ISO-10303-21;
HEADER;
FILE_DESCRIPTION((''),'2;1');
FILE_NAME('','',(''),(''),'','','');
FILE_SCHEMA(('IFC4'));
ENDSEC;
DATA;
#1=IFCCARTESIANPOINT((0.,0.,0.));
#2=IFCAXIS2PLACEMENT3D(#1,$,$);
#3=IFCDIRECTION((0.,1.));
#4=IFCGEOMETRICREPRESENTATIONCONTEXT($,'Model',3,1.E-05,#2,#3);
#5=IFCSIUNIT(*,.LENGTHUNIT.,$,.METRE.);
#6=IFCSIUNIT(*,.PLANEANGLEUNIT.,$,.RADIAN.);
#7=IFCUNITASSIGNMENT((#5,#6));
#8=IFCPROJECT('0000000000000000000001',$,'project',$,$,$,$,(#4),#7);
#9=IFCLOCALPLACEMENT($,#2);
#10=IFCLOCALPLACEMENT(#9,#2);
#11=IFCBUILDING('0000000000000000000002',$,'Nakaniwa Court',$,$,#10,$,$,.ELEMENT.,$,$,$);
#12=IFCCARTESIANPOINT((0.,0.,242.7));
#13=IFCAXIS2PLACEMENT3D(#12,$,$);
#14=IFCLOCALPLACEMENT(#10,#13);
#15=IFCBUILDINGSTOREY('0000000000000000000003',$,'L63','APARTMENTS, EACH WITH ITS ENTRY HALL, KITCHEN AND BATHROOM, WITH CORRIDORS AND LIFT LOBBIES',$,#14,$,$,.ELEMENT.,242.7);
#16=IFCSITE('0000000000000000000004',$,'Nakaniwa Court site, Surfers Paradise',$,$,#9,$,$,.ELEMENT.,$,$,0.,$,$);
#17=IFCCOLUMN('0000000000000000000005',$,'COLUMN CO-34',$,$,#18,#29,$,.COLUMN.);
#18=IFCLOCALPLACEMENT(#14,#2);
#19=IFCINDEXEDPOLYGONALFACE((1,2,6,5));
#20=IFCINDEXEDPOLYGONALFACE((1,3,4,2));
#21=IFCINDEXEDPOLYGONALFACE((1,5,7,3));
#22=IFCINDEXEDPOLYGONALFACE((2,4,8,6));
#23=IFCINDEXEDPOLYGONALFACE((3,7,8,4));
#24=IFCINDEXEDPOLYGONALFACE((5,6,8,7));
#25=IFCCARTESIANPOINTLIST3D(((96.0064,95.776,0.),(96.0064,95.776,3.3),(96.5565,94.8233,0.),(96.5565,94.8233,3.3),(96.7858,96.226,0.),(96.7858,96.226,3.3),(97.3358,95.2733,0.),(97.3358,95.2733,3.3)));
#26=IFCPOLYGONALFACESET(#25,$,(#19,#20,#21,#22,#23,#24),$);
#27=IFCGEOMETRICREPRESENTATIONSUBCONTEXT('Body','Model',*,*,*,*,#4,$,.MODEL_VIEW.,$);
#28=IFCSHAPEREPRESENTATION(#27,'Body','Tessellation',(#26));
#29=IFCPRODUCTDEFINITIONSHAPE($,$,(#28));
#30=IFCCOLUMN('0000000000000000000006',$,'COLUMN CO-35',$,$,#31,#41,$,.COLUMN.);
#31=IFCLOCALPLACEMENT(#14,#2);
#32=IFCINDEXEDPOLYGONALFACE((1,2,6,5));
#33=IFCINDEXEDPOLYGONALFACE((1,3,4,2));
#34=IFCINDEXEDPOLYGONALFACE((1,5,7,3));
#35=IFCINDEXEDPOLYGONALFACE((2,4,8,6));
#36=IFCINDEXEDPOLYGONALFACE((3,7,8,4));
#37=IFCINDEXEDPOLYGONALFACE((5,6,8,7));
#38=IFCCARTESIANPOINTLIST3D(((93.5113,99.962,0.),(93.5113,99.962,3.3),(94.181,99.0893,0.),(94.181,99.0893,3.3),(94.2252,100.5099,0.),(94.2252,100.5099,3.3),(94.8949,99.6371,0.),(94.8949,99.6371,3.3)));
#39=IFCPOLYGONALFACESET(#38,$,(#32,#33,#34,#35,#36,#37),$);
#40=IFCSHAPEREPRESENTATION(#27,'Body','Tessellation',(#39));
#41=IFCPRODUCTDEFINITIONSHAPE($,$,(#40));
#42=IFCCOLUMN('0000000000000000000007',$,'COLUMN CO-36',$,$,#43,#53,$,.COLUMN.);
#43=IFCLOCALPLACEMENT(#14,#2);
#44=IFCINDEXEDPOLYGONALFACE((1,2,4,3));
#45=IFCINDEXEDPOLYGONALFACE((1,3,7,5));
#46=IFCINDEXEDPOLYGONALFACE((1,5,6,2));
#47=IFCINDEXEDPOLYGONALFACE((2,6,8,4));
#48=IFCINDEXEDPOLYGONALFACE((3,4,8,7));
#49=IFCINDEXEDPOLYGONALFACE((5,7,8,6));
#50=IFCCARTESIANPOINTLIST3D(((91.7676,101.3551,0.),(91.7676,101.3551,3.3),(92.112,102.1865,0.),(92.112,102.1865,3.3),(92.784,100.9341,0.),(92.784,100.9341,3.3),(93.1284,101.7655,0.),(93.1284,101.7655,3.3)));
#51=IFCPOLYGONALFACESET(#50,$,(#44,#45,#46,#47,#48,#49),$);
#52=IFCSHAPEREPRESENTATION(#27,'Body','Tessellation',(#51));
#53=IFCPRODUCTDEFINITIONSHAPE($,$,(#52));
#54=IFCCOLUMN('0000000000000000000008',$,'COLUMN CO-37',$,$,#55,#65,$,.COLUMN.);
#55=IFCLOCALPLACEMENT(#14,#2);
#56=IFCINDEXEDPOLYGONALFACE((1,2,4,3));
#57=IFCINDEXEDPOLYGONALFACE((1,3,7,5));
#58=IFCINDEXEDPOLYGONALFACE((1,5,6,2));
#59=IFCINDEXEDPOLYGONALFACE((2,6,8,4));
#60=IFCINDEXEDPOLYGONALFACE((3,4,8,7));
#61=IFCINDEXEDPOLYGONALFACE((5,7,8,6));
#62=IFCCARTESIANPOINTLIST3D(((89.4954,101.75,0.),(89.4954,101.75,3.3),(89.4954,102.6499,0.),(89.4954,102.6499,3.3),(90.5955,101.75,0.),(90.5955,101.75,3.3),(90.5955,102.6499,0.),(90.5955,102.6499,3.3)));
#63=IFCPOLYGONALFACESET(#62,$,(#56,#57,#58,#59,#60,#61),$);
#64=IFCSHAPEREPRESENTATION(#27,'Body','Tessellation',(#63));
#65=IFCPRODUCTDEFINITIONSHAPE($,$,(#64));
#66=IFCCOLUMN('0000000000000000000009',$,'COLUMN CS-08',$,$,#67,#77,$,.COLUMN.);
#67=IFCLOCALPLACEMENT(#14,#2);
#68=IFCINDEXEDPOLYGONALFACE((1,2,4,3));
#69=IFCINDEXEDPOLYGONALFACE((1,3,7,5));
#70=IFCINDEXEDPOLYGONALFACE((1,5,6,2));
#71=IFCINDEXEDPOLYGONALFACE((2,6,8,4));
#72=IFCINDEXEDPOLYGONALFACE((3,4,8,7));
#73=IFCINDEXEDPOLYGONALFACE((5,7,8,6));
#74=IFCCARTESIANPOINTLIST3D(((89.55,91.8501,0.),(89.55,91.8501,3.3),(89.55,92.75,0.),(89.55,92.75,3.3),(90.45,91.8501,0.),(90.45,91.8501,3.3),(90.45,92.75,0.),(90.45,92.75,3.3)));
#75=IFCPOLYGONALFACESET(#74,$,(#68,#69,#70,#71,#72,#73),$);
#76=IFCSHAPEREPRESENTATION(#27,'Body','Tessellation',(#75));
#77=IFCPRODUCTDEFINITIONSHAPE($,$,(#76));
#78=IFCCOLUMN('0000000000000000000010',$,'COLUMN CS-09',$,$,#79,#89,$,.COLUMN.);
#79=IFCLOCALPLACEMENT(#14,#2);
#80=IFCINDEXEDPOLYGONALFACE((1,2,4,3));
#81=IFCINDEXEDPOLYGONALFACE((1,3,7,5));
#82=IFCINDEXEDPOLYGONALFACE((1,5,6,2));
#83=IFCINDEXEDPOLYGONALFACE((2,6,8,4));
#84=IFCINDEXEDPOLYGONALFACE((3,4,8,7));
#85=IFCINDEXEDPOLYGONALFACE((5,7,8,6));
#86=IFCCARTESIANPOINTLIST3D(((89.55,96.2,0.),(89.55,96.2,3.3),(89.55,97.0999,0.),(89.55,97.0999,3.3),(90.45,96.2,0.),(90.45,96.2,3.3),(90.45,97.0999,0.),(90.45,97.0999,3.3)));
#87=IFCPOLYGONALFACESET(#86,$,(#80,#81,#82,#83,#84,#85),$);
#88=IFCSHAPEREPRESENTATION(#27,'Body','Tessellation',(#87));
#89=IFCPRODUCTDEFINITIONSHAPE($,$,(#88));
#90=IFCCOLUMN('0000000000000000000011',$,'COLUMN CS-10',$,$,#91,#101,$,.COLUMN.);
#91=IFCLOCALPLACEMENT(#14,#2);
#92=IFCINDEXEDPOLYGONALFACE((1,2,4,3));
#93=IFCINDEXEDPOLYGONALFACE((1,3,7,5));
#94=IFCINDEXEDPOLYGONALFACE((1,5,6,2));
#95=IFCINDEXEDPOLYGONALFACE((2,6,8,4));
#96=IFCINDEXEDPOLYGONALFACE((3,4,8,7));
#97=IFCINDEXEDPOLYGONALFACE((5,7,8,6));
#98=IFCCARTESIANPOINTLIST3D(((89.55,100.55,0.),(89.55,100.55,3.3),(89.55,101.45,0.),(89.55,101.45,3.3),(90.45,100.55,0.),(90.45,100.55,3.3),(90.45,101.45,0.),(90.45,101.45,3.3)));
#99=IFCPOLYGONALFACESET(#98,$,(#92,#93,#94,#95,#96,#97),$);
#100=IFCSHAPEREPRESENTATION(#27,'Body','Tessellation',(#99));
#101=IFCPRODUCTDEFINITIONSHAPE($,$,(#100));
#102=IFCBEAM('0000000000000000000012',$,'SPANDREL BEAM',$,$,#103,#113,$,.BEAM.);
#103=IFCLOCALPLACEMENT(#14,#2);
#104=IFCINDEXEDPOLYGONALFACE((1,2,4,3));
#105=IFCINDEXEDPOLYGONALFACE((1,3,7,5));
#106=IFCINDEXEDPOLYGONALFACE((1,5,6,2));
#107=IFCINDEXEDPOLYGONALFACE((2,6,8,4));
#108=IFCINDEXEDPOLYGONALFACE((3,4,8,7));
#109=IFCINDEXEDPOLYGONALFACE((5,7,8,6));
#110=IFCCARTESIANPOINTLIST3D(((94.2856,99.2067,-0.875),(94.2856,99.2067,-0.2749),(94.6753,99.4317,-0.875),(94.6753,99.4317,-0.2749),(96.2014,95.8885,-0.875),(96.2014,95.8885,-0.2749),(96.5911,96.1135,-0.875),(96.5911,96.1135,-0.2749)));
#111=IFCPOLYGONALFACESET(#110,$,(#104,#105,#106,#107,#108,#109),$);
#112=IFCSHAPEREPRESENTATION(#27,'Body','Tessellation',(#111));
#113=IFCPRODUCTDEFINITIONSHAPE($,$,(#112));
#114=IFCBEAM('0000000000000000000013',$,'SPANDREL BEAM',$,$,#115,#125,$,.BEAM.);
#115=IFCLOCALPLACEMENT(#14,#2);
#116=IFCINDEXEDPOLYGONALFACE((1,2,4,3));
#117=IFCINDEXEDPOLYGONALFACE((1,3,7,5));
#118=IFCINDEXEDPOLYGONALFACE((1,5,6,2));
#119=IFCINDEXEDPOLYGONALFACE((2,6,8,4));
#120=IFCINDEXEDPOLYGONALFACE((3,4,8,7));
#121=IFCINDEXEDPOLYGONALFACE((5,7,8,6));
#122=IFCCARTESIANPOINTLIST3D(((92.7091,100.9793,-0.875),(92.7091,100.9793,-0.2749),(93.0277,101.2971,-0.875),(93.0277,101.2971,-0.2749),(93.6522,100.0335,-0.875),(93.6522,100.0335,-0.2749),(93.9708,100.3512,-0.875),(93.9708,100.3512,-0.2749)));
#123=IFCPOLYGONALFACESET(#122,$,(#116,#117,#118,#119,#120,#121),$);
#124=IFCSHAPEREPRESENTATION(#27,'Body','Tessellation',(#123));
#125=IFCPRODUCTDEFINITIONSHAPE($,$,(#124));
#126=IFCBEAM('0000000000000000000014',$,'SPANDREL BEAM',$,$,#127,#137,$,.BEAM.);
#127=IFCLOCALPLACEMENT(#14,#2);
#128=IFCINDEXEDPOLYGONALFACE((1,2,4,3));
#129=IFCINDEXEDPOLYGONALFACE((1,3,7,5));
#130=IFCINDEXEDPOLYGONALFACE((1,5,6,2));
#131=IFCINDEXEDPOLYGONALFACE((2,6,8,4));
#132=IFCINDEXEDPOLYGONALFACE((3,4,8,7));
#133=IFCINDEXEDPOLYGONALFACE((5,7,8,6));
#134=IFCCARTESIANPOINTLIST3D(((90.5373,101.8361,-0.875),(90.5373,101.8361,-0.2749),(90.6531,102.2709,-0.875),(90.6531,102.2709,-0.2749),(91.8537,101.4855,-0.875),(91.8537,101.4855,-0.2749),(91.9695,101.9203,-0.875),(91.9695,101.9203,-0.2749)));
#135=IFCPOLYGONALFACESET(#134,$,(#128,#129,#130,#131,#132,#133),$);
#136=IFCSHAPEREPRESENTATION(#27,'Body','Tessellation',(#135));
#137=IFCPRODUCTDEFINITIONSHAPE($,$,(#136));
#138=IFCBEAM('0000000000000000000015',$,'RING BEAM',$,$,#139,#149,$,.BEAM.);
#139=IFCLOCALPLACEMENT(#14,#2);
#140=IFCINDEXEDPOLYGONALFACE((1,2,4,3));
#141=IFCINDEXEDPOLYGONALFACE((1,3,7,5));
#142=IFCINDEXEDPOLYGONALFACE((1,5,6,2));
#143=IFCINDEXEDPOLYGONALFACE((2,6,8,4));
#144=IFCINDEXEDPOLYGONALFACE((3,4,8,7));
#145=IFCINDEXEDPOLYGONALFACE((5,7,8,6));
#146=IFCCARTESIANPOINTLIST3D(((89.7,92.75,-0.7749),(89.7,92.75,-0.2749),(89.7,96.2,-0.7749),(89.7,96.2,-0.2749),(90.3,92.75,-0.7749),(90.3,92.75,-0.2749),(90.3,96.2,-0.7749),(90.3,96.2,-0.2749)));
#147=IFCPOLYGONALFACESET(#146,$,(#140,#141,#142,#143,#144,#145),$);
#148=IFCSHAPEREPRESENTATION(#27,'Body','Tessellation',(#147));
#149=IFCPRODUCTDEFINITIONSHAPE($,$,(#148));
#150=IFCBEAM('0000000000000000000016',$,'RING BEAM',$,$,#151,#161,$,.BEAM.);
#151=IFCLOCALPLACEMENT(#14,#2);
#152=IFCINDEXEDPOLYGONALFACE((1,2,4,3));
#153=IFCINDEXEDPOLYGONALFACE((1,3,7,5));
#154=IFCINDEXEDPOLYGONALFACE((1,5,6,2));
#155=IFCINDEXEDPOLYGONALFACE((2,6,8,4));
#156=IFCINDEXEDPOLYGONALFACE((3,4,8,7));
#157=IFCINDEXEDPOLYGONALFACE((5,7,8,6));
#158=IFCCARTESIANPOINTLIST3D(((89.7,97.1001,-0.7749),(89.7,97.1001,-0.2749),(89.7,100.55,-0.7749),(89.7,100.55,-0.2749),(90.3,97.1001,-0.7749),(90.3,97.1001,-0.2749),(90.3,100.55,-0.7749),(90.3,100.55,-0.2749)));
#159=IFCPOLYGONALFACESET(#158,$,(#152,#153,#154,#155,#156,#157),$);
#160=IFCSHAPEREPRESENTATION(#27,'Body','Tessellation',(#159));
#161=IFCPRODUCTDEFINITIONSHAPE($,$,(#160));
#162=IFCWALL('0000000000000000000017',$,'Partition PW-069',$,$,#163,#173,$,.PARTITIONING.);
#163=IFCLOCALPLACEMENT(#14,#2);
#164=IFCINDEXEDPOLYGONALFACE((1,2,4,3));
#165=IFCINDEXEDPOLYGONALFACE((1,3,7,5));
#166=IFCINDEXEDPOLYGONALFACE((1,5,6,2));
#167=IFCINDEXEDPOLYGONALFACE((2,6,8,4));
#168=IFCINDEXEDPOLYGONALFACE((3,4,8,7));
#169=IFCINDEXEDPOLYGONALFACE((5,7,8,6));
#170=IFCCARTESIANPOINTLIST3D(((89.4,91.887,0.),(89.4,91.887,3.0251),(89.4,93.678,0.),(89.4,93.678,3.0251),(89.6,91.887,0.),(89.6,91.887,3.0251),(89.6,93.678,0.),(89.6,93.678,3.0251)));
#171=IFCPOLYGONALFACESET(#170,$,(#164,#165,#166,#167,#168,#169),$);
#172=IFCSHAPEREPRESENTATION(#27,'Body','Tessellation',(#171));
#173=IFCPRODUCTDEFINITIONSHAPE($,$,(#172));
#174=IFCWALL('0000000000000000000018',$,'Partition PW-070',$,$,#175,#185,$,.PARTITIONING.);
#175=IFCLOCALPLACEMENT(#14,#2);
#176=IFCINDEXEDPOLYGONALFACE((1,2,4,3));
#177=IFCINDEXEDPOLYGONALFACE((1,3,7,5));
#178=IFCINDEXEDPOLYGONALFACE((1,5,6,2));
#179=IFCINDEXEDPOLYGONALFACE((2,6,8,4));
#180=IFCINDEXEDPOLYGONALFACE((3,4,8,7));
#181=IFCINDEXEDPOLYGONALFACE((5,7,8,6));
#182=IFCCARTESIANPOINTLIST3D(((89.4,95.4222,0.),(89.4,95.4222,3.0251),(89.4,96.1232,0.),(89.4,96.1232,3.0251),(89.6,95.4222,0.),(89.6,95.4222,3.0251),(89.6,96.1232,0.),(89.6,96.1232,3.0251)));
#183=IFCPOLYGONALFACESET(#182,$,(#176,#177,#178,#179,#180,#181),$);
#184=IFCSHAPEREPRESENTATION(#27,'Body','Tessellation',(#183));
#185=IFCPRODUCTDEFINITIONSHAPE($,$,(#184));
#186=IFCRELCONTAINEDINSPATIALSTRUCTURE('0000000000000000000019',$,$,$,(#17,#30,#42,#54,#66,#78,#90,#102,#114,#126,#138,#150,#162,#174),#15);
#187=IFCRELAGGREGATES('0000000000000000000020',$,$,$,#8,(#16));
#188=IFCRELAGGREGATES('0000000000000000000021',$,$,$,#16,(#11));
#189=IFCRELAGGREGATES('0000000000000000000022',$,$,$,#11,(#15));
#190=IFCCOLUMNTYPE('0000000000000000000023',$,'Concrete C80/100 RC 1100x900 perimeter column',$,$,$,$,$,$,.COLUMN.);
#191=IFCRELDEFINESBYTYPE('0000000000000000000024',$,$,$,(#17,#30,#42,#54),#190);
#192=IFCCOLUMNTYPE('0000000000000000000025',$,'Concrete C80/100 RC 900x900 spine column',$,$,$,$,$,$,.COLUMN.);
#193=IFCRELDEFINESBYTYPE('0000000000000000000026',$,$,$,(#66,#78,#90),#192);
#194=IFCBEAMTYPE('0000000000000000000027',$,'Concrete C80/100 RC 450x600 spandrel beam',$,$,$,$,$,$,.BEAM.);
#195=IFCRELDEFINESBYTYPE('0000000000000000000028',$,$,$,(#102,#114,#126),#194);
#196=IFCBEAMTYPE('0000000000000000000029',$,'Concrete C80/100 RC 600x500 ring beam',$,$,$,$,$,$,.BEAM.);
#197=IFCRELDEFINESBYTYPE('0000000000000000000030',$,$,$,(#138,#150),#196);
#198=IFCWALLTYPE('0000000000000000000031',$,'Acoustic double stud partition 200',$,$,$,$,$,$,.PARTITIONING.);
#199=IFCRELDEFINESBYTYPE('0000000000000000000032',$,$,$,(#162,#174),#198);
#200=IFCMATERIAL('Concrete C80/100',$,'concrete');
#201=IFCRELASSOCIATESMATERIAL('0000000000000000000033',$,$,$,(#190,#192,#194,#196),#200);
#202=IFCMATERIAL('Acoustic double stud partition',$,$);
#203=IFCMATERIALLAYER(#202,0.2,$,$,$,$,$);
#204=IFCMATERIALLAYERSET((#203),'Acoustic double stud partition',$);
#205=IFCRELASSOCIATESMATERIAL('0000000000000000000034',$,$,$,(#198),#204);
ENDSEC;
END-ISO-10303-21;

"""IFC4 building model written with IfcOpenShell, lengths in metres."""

from ifc_helpers import new_model, si_unit, direction, frame, frame_2d, origin, origin_2d, place, context, subcontext, project, spatial, rectangle, extrude, material, layer, layer_set, material_profile, profile_set, type_object, element, save


model = new_model("IFC4")

# Units and contexts
model_context = context("Model", 3, precision=1e-05, world=origin(), true_north=direction((0.0, 1.0)))
body_context = subcontext(model_context, "Body", "Model", "MODEL_VIEW")
ifc_project = project(units=[si_unit("LENGTHUNIT", "METRE"), si_unit("PLANEANGLEUNIT", "RADIAN")], contexts=[model_context])

# Site, building, storey
site_placement = place(None, origin())
site = spatial("IfcSite", under=ifc_project, at=site_placement, Name="Nakaniwa Court site, Surfers Paradise", CompositionType="ELEMENT", RefElevation=0.0)
building_placement = place(site_placement, origin())
building = spatial("IfcBuilding", under=site, at=building_placement, Name="Nakaniwa Court", CompositionType="ELEMENT")
storey_placement = place(building_placement, frame((0.0, 0.0, 242.7)))
storey = spatial("IfcBuildingStorey", under=building, at=storey_placement, Name="L63", Description="APARTMENTS, EACH WITH ITS ENTRY HALL, KITCHEN AND BATHROOM, WITH CORRIDORS AND LIFT LOBBIES", CompositionType="ELEMENT", Elevation=242.7)

# Columns
ifc_material_1 = material(Name="Concrete C80/100", Category="concrete")
ifc_material_profile_1 = material_profile(ifc_material_1, rectangle(XDim=1.1001, YDim=0.8999, at=origin_2d()), Name="Concrete C80/100 RC 1100x900 perimeter column")
ifc_profile_set_1 = profile_set([ifc_material_profile_1], Name="Concrete C80/100")
column_type_1 = type_object("IfcColumnType", Name="Concrete C80/100 RC 1100x900 perimeter column", PredefinedType="COLUMN", material=ifc_profile_set_1)
for number, where, z_axis, x_axis, name in (
    (1, (96.6711, 95.5247, 0.0), (0.0, 0.0, 1.0), (-0.5, 0.866025, 0.0), "COLUMN CO-34"),
    (2, (94.2031, 99.7996, 0.0), (0.0, 0.0, 1.0), (-0.608761, 0.793353, 0.0), "COLUMN CO-35"),
    (3, (92.448, 101.5603, 0.0), (0.0, 0.0, 1.0), (-0.92388, 0.382683, 0.0), "COLUMN CO-36"),
    (4, (90.0454, 102.2, 0.0), (0.0, 0.0, 1.0), (-1.0, 0.0, 0.0), "COLUMN CO-37"),
):
    element("IfcColumn", number, at=place(storey_placement, frame(where, z_axis=z_axis, x_axis=x_axis)), inside=storey, type_object=column_type_1, Name=name, PredefinedType="COLUMN", context=body_context, shape_type="SweptSolid", body=[
        extrude(rectangle(XDim=1.1001, YDim=0.8999, at=origin_2d()), origin(), (0.0, 0.0, 1.0), 3.3),
    ])
ifc_material_profile_2 = material_profile(ifc_material_1, rectangle(XDim=0.8999, YDim=0.8999, at=origin_2d()), Name="Concrete C80/100 RC 900x900 spine column")
ifc_profile_set_2 = profile_set([ifc_material_profile_2], Name="Concrete C80/100")
column_type_2 = type_object("IfcColumnType", Name="Concrete C80/100 RC 900x900 spine column", PredefinedType="COLUMN", material=ifc_profile_set_2)
for number, where, z_axis, x_axis, name in (
    (5, (90.0, 92.3, 0.0), (0.0, 0.0, 1.0), (0.0, 1.0, 0.0), "COLUMN CS-08"),
    (6, (90.0, 96.6499, 0.0), (0.0, 0.0, 1.0), (0.0, 1.0, 0.0), "COLUMN CS-09"),
    (7, (90.0, 101.0, 0.0), (0.0, 0.0, 1.0), (0.0, 1.0, 0.0), "COLUMN CS-10"),
):
    element("IfcColumn", number, at=place(storey_placement, frame(where, z_axis=z_axis, x_axis=x_axis)), inside=storey, type_object=column_type_2, Name=name, PredefinedType="COLUMN", context=body_context, shape_type="SweptSolid", body=[
        extrude(rectangle(XDim=0.8999, YDim=0.8999, at=origin_2d()), origin(), (0.0, 0.0, 1.0), 3.3),
    ])

# Beams
ifc_material_profile_3 = material_profile(ifc_material_1, rectangle(XDim=0.45, YDim=0.6001, at=origin_2d()), Name="Concrete C80/100 RC 450x600 spandrel beam")
ifc_profile_set_3 = profile_set([ifc_material_profile_3], Name="Concrete C80/100")
beam_type_1 = type_object("IfcBeamType", Name="Concrete C80/100 RC 450x600 spandrel beam", PredefinedType="BEAM", material=ifc_profile_set_3)
beam_1_placement = place(storey_placement, frame((96.3962, 96.001, -0.575), z_axis=(-0.500011, 0.866019, 0.0), x_axis=(-0.866019, -0.500011, 0.0)))
element("IfcBeam", 8, at=beam_1_placement, inside=storey, type_object=beam_type_1, Name="SPANDREL BEAM", PredefinedType="BEAM", context=body_context, shape_type="SweptSolid", body=[
    extrude(rectangle(XDim=0.45, YDim=0.6001, at=origin_2d()), origin(), (0.0, 0.0, 1.0), 3.8315),
])
beam_2_placement = place(storey_placement, frame((93.8115, 100.1924, -0.575), z_axis=(-0.706101, 0.708111, 0.0), x_axis=(-0.708111, -0.706101, 0.0)))
element("IfcBeam", 9, at=beam_2_placement, inside=storey, type_object=beam_type_1, Name="SPANDREL BEAM", PredefinedType="BEAM", context=body_context, shape_type="SweptSolid", body=[
    extrude(rectangle(XDim=0.45, YDim=0.6001, at=origin_2d()), origin(), (0.0, 0.0, 1.0), 1.3357),
])
beam_3_placement = place(storey_placement, frame((91.9116, 101.7029, -0.575), z_axis=(-0.966318, 0.25735, 0.0), x_axis=(-0.25735, -0.966318, 0.0)))
element("IfcBeam", 10, at=beam_3_placement, inside=storey, type_object=beam_type_1, Name="SPANDREL BEAM", PredefinedType="BEAM", context=body_context, shape_type="SweptSolid", body=[
    extrude(rectangle(XDim=0.45, YDim=0.6001, at=origin_2d()), origin(), (0.0, 0.0, 1.0), 1.3623),
])
ifc_material_profile_4 = material_profile(ifc_material_1, rectangle(XDim=0.6001, YDim=0.5, at=origin_2d()), Name="Concrete C80/100 RC 600x500 ring beam")
ifc_profile_set_4 = profile_set([ifc_material_profile_4], Name="Concrete C80/100")
beam_type_2 = type_object("IfcBeamType", Name="Concrete C80/100 RC 600x500 ring beam", PredefinedType="BEAM", material=ifc_profile_set_4)
for number, where, z_axis, x_axis, name in (
    (11, (90.0, 92.75, -0.5249), (0.0, 1.0, 0.0), (-1.0, 0.0, 0.0), "RING BEAM"),
    (12, (90.0, 97.1001, -0.5249), (0.0, 1.0, 0.0), (-1.0, 0.0, 0.0), "RING BEAM"),
):
    element("IfcBeam", number, at=place(storey_placement, frame(where, z_axis=z_axis, x_axis=x_axis)), inside=storey, type_object=beam_type_2, Name=name, PredefinedType="BEAM", context=body_context, shape_type="SweptSolid", body=[
        extrude(rectangle(XDim=0.6001, YDim=0.5, at=origin_2d()), origin(), (0.0, 0.0, 1.0), 3.45),
    ])

# Walls
ifc_material_2 = material(Name="Acoustic double stud partition")
ifc_layer_1 = layer(ifc_material_2, 0.2)
ifc_layer_set_1 = layer_set([ifc_layer_1], Name="Acoustic double stud partition")
wall_type_1 = type_object("IfcWallType", Name="Acoustic double stud partition 200", PredefinedType="PARTITIONING", material=ifc_layer_set_1)
wall_1_placement = place(storey_placement, frame((89.5, 91.887, 0.0), z_axis=(0.0, 0.0, 1.0), x_axis=(0.0, 1.0, 0.0)))
element("IfcWall", 13, at=wall_1_placement, inside=storey, type_object=wall_type_1, Name="Partition PW-069", PredefinedType="PARTITIONING", context=body_context, shape_type="SweptSolid", body=[
    extrude(rectangle(XDim=1.791, YDim=0.2, at=frame_2d((0.8955, 0.0))), origin(), (0.0, 0.0, 1.0), 3.0251),
])
wall_2_placement = place(storey_placement, frame((89.5, 95.4221, 0.0), z_axis=(0.0, 0.0, 1.0), x_axis=(0.0, 1.0, 0.0)))
element("IfcWall", 14, at=wall_2_placement, inside=storey, type_object=wall_type_1, Name="Partition PW-070", PredefinedType="PARTITIONING", context=body_context, shape_type="SweptSolid", body=[
    extrude(rectangle(XDim=0.7009, YDim=0.2, at=frame_2d((0.3506, 0.0))), origin(), (0.0, 0.0, 1.0), 3.0251),
])

save(model, "model.ifc")
